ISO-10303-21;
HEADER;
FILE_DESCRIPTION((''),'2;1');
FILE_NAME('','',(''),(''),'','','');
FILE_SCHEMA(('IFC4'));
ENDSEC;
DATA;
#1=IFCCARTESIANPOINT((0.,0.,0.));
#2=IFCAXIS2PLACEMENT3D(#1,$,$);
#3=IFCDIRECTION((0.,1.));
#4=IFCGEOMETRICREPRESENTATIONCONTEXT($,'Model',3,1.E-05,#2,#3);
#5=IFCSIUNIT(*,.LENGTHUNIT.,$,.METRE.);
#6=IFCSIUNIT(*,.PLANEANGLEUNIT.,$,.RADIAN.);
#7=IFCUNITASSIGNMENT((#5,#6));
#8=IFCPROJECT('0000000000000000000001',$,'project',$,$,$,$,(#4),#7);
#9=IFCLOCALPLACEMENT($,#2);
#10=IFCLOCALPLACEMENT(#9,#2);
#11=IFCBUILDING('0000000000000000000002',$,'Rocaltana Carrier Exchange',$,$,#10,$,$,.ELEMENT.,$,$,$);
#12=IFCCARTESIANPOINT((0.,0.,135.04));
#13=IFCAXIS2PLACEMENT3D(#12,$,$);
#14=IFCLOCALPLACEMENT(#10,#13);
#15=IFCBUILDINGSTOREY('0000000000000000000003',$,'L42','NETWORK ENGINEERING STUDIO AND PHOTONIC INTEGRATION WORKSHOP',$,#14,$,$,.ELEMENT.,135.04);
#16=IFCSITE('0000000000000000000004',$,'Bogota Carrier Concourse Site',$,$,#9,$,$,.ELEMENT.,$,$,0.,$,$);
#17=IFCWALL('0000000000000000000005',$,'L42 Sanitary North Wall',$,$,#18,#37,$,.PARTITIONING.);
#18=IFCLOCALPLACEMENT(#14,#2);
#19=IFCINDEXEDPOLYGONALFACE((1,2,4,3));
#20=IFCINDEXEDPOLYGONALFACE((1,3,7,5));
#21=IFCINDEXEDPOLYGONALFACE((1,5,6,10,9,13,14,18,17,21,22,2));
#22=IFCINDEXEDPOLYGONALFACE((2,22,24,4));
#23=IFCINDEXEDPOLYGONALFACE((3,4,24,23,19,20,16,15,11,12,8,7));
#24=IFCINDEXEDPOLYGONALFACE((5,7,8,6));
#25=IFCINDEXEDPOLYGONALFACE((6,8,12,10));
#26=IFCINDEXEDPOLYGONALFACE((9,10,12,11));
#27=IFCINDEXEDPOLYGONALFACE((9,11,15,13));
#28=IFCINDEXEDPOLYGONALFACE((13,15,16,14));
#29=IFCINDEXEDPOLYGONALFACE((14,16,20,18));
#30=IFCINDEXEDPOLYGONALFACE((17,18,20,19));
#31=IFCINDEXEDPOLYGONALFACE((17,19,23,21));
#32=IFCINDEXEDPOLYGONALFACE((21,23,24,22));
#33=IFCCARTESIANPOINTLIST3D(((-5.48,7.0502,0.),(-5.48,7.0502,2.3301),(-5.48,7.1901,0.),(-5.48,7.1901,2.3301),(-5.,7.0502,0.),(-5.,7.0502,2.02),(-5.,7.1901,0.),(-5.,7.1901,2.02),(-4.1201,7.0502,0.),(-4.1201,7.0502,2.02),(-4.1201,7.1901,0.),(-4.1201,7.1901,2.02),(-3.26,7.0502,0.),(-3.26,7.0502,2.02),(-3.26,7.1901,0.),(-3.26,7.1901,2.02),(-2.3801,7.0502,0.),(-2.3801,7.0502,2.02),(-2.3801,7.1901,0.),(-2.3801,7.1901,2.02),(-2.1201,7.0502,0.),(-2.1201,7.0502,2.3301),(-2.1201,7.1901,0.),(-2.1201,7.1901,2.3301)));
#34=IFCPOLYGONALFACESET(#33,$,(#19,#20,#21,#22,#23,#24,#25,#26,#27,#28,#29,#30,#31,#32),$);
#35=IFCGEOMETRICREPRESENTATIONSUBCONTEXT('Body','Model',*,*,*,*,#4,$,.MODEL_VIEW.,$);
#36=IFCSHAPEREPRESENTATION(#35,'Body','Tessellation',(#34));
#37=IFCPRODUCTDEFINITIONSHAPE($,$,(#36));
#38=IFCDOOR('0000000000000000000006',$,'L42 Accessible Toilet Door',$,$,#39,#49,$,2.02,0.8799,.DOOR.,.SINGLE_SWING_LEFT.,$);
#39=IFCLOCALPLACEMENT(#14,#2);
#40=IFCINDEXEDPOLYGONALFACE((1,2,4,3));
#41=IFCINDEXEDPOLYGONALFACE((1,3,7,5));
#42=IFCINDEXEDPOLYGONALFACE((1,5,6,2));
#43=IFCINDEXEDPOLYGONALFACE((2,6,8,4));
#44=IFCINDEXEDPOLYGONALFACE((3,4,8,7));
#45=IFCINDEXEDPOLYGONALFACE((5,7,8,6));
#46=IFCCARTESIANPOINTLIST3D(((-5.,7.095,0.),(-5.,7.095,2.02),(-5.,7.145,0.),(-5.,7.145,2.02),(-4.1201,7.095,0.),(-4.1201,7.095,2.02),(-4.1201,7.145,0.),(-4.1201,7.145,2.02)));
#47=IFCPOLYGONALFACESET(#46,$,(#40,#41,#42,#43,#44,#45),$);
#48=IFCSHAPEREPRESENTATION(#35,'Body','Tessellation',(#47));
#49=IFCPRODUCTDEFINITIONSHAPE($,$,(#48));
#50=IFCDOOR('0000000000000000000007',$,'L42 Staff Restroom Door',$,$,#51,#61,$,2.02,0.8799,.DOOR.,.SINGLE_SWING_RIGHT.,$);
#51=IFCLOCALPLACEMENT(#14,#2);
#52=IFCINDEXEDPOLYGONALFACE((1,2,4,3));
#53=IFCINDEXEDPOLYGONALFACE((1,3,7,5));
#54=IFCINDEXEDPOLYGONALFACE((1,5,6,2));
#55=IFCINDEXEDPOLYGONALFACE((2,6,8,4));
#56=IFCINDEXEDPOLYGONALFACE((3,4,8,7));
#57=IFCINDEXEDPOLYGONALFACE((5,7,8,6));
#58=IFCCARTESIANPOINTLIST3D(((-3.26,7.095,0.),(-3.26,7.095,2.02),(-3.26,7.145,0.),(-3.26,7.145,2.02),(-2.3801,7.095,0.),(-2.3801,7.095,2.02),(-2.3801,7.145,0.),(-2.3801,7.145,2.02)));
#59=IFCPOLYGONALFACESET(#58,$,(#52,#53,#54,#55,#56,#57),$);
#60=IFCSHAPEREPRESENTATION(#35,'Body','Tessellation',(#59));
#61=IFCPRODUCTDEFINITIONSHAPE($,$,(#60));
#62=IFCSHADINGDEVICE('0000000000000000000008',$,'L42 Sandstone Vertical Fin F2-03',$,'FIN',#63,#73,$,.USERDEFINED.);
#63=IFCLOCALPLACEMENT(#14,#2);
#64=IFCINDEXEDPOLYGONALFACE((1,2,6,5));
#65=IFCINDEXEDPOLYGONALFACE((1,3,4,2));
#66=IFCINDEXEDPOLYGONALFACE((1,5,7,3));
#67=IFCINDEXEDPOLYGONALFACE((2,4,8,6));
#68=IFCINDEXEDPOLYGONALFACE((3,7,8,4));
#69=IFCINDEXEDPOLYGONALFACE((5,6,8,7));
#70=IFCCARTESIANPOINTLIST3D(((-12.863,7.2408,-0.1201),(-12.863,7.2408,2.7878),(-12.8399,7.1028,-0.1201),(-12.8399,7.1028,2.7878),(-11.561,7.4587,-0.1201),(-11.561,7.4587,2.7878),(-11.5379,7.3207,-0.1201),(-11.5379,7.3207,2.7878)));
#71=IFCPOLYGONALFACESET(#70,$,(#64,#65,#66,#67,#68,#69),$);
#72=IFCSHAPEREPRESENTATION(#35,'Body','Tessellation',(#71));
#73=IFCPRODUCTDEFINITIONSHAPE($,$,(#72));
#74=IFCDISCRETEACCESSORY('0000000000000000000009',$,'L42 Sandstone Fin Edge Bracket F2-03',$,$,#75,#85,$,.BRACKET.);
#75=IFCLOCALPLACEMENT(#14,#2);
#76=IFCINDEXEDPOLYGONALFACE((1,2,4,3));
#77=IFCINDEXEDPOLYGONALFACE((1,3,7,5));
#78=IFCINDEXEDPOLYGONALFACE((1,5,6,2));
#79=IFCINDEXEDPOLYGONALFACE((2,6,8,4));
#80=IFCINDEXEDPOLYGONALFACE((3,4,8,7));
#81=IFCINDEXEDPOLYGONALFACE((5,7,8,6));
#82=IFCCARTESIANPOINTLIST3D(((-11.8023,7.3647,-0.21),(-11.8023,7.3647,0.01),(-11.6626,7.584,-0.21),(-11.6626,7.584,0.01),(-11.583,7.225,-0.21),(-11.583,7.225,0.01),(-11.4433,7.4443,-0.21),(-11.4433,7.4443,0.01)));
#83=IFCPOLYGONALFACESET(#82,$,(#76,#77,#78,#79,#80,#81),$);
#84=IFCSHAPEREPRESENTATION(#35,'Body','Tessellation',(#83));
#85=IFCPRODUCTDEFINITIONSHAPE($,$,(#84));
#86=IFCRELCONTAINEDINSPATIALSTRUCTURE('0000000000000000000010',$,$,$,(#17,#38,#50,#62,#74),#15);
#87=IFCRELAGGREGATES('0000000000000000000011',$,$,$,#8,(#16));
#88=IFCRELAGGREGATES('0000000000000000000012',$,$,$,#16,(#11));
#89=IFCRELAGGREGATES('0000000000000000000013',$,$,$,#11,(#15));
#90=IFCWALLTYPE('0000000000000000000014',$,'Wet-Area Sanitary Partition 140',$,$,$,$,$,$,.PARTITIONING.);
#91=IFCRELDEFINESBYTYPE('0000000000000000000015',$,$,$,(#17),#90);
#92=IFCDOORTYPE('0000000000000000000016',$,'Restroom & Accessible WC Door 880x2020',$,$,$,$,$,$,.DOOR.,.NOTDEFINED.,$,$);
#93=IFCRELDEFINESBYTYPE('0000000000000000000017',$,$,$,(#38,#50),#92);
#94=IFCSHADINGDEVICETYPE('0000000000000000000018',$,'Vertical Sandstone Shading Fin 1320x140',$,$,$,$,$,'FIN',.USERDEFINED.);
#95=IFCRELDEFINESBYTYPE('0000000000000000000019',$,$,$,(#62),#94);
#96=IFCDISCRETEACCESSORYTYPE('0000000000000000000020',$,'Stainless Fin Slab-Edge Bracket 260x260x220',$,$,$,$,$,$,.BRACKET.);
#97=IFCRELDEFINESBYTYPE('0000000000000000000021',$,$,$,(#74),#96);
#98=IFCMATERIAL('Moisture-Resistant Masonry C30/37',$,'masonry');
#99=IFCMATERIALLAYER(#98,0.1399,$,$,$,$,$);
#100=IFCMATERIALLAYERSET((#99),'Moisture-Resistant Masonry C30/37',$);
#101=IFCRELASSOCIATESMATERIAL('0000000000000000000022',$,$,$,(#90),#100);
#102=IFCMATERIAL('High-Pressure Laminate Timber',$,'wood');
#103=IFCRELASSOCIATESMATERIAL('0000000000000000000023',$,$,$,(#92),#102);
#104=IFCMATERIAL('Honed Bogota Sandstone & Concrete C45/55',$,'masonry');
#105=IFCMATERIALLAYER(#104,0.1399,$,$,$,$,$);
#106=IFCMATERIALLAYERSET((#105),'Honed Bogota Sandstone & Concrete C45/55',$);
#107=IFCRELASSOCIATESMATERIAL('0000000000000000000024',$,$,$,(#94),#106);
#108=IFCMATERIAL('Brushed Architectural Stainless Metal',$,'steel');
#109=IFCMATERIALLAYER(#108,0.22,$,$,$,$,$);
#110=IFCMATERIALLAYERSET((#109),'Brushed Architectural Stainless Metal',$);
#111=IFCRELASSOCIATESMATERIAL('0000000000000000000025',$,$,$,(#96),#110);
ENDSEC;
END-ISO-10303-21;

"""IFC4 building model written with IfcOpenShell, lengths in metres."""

from ifc_helpers import new_model, si_unit, direction, frame, frame_2d, origin, origin_2d, place, context, subcontext, project, spatial, rectangle, extrude, material, layer, layer_set, type_object, element, fill, save


model = new_model("IFC4")

# Units and contexts
model_context = context("Model", 3, precision=1e-05, world=origin(), true_north=direction((0.0, 1.0)))
body_context = subcontext(model_context, "Body", "Model", "MODEL_VIEW")
ifc_project = project(units=[si_unit("LENGTHUNIT", "METRE"), si_unit("PLANEANGLEUNIT", "RADIAN")], contexts=[model_context])

# Site, building, storey
site_placement = place(None, origin())
site = spatial("IfcSite", under=ifc_project, at=site_placement, Name="Bogota Carrier Concourse Site", CompositionType="ELEMENT", RefElevation=0.0)
building_placement = place(site_placement, origin())
building = spatial("IfcBuilding", under=site, at=building_placement, Name="Rocaltana Carrier Exchange", CompositionType="ELEMENT")
storey_placement = place(building_placement, frame((0.0, 0.0, 135.04)))
storey = spatial("IfcBuildingStorey", under=building, at=storey_placement, Name="L42", Description="NETWORK ENGINEERING STUDIO AND PHOTONIC INTEGRATION WORKSHOP", CompositionType="ELEMENT", Elevation=135.04)

# Shared definitions
ifc_material_1 = material(Name="Moisture-Resistant Masonry C30/37", Category="masonry")
ifc_layer_1 = layer(ifc_material_1, 0.1399)
ifc_layer_set_1 = layer_set([ifc_layer_1], Name="Moisture-Resistant Masonry C30/37")
wall_type_1 = type_object("IfcWallType", Name="Wet-Area Sanitary Partition 140", PredefinedType="PARTITIONING", material=ifc_layer_set_1)

# Wall, openings, doors
wall_1_placement = place(storey_placement, frame((-5.48, 7.1201, 0.0), z_axis=(0.0, 0.0, 1.0), x_axis=(1.0, 0.0, 0.0)))
wall_1 = element("IfcWall", 1, at=wall_1_placement, inside=storey, type_object=wall_type_1, Name="L42 Sanitary North Wall", PredefinedType="PARTITIONING", context=body_context, shape_type="SweptSolid", body=[
    extrude(rectangle(XDim=3.3599, YDim=0.1399, at=frame_2d((1.6799, 0.0))), origin(), (0.0, 0.0, 1.0), 2.3301),
])
opening_1_placement = place(wall_1_placement, frame((0.48, 0.0, 0.0)))
opening_1 = element("IfcOpeningElement", 2, at=opening_1_placement, cuts=wall_1, PredefinedType="OPENING", context=body_context, shape_type="SweptSolid", body=[
    extrude(rectangle(XDim=0.8799, YDim=2.02, at=frame_2d((0.4399, 1.01))), frame((0.0, 0.0798, 0.0), z_axis=(0.0, -1.0, 0.0), x_axis=(1.0, 0.0, 0.0)), (0.0, 0.0, 1.0), 0.1599),
])
opening_2_placement = place(wall_1_placement, frame((2.22, 0.0, 0.0)))
opening_2 = element("IfcOpeningElement", 3, at=opening_2_placement, cuts=wall_1, PredefinedType="OPENING", context=body_context, shape_type="SweptSolid", body=[
    extrude(rectangle(XDim=0.8799, YDim=2.02, at=frame_2d((0.4399, 1.01))), frame((0.0, 0.0798, 0.0), z_axis=(0.0, -1.0, 0.0), x_axis=(1.0, 0.0, 0.0)), (0.0, 0.0, 1.0), 0.1599),
])
ifc_material_2 = material(Name="High-Pressure Laminate Timber", Category="wood")
door_type_1 = type_object("IfcDoorType", Name="Restroom & Accessible WC Door 880x2020", OperationType="NOTDEFINED", PredefinedType="DOOR", material=ifc_material_2)
door_1_placement = place(opening_1_placement, origin())
door_1 = element("IfcDoor", 4, at=door_1_placement, inside=storey, type_object=door_type_1, Name="L42 Accessible Toilet Door", OperationType="SINGLE_SWING_LEFT", OverallHeight=2.02, OverallWidth=0.8799, PredefinedType="DOOR", context=body_context, shape_type="SweptSolid", body=[
    extrude(rectangle(XDim=0.8799, YDim=2.02, at=frame_2d((0.4399, 1.01))), frame((0.0, 0.0249, 0.0), z_axis=(0.0, -1.0, 0.0), x_axis=(1.0, 0.0, 0.0)), (0.0, 0.0, 1.0), 0.05),
])
fill(opening_1, door_1)
door_2_placement = place(opening_2_placement, origin())
door_2 = element("IfcDoor", 5, at=door_2_placement, inside=storey, type_object=door_type_1, Name="L42 Staff Restroom Door", OperationType="SINGLE_SWING_RIGHT", OverallHeight=2.02, OverallWidth=0.8799, PredefinedType="DOOR", context=body_context, shape_type="SweptSolid", body=[
    extrude(rectangle(XDim=0.8799, YDim=2.02, at=frame_2d((0.4399, 1.01))), frame((0.0, 0.0249, 0.0), z_axis=(0.0, -1.0, 0.0), x_axis=(1.0, 0.0, 0.0)), (0.0, 0.0, 1.0), 0.05),
])
fill(opening_2, door_2)

# Shading device
ifc_material_3 = material(Name="Honed Bogota Sandstone & Concrete C45/55", Category="masonry")
ifc_layer_2 = layer(ifc_material_3, 0.1399)
ifc_layer_set_2 = layer_set([ifc_layer_2], Name="Honed Bogota Sandstone & Concrete C45/55")
shading_device_type = type_object("IfcShadingDeviceType", Name="Vertical Sandstone Shading Fin 1320x140", ElementType="FIN", PredefinedType="USERDEFINED", material=ifc_layer_set_2)
shading_device_placement = place(storey_placement, frame((-12.2004, 7.2808, -0.1201), z_axis=(0.0, 0.0, 1.0), x_axis=(-0.986286, -0.165048, 0.0)))
element("IfcShadingDevice", 6, at=shading_device_placement, inside=storey, type_object=shading_device_type, Name="L42 Sandstone Vertical Fin F2-03", ObjectType="FIN", PredefinedType="USERDEFINED", context=body_context, shape_type="SweptSolid", body=[
    extrude(rectangle(XDim=1.3201, YDim=0.1399, at=origin_2d()), origin(), (0.0, 0.0, 1.0), 2.908),
])

# Discrete accessory
ifc_material_4 = material(Name="Brushed Architectural Stainless Metal", Category="steel")
ifc_layer_3 = layer(ifc_material_4, 0.22)
ifc_layer_set_3 = layer_set([ifc_layer_3], Name="Brushed Architectural Stainless Metal")
discrete_accessory_type = type_object("IfcDiscreteAccessoryType", Name="Stainless Fin Slab-Edge Bracket 260x260x220", PredefinedType="BRACKET", material=ifc_layer_set_3)
discrete_accessory_placement = place(storey_placement, frame((-11.6228, 7.4045, -0.21), z_axis=(0.0, 0.0, 1.0), x_axis=(-0.5373, -0.843391, 0.0)))
element("IfcDiscreteAccessory", 7, at=discrete_accessory_placement, inside=storey, type_object=discrete_accessory_type, Name="L42 Sandstone Fin Edge Bracket F2-03", PredefinedType="BRACKET", context=body_context, shape_type="SweptSolid", body=[
    extrude(rectangle(XDim=0.26, YDim=0.26, at=origin_2d()), origin(), (0.0, 0.0, 1.0), 0.22),
])

save(model, "model.ifc")
